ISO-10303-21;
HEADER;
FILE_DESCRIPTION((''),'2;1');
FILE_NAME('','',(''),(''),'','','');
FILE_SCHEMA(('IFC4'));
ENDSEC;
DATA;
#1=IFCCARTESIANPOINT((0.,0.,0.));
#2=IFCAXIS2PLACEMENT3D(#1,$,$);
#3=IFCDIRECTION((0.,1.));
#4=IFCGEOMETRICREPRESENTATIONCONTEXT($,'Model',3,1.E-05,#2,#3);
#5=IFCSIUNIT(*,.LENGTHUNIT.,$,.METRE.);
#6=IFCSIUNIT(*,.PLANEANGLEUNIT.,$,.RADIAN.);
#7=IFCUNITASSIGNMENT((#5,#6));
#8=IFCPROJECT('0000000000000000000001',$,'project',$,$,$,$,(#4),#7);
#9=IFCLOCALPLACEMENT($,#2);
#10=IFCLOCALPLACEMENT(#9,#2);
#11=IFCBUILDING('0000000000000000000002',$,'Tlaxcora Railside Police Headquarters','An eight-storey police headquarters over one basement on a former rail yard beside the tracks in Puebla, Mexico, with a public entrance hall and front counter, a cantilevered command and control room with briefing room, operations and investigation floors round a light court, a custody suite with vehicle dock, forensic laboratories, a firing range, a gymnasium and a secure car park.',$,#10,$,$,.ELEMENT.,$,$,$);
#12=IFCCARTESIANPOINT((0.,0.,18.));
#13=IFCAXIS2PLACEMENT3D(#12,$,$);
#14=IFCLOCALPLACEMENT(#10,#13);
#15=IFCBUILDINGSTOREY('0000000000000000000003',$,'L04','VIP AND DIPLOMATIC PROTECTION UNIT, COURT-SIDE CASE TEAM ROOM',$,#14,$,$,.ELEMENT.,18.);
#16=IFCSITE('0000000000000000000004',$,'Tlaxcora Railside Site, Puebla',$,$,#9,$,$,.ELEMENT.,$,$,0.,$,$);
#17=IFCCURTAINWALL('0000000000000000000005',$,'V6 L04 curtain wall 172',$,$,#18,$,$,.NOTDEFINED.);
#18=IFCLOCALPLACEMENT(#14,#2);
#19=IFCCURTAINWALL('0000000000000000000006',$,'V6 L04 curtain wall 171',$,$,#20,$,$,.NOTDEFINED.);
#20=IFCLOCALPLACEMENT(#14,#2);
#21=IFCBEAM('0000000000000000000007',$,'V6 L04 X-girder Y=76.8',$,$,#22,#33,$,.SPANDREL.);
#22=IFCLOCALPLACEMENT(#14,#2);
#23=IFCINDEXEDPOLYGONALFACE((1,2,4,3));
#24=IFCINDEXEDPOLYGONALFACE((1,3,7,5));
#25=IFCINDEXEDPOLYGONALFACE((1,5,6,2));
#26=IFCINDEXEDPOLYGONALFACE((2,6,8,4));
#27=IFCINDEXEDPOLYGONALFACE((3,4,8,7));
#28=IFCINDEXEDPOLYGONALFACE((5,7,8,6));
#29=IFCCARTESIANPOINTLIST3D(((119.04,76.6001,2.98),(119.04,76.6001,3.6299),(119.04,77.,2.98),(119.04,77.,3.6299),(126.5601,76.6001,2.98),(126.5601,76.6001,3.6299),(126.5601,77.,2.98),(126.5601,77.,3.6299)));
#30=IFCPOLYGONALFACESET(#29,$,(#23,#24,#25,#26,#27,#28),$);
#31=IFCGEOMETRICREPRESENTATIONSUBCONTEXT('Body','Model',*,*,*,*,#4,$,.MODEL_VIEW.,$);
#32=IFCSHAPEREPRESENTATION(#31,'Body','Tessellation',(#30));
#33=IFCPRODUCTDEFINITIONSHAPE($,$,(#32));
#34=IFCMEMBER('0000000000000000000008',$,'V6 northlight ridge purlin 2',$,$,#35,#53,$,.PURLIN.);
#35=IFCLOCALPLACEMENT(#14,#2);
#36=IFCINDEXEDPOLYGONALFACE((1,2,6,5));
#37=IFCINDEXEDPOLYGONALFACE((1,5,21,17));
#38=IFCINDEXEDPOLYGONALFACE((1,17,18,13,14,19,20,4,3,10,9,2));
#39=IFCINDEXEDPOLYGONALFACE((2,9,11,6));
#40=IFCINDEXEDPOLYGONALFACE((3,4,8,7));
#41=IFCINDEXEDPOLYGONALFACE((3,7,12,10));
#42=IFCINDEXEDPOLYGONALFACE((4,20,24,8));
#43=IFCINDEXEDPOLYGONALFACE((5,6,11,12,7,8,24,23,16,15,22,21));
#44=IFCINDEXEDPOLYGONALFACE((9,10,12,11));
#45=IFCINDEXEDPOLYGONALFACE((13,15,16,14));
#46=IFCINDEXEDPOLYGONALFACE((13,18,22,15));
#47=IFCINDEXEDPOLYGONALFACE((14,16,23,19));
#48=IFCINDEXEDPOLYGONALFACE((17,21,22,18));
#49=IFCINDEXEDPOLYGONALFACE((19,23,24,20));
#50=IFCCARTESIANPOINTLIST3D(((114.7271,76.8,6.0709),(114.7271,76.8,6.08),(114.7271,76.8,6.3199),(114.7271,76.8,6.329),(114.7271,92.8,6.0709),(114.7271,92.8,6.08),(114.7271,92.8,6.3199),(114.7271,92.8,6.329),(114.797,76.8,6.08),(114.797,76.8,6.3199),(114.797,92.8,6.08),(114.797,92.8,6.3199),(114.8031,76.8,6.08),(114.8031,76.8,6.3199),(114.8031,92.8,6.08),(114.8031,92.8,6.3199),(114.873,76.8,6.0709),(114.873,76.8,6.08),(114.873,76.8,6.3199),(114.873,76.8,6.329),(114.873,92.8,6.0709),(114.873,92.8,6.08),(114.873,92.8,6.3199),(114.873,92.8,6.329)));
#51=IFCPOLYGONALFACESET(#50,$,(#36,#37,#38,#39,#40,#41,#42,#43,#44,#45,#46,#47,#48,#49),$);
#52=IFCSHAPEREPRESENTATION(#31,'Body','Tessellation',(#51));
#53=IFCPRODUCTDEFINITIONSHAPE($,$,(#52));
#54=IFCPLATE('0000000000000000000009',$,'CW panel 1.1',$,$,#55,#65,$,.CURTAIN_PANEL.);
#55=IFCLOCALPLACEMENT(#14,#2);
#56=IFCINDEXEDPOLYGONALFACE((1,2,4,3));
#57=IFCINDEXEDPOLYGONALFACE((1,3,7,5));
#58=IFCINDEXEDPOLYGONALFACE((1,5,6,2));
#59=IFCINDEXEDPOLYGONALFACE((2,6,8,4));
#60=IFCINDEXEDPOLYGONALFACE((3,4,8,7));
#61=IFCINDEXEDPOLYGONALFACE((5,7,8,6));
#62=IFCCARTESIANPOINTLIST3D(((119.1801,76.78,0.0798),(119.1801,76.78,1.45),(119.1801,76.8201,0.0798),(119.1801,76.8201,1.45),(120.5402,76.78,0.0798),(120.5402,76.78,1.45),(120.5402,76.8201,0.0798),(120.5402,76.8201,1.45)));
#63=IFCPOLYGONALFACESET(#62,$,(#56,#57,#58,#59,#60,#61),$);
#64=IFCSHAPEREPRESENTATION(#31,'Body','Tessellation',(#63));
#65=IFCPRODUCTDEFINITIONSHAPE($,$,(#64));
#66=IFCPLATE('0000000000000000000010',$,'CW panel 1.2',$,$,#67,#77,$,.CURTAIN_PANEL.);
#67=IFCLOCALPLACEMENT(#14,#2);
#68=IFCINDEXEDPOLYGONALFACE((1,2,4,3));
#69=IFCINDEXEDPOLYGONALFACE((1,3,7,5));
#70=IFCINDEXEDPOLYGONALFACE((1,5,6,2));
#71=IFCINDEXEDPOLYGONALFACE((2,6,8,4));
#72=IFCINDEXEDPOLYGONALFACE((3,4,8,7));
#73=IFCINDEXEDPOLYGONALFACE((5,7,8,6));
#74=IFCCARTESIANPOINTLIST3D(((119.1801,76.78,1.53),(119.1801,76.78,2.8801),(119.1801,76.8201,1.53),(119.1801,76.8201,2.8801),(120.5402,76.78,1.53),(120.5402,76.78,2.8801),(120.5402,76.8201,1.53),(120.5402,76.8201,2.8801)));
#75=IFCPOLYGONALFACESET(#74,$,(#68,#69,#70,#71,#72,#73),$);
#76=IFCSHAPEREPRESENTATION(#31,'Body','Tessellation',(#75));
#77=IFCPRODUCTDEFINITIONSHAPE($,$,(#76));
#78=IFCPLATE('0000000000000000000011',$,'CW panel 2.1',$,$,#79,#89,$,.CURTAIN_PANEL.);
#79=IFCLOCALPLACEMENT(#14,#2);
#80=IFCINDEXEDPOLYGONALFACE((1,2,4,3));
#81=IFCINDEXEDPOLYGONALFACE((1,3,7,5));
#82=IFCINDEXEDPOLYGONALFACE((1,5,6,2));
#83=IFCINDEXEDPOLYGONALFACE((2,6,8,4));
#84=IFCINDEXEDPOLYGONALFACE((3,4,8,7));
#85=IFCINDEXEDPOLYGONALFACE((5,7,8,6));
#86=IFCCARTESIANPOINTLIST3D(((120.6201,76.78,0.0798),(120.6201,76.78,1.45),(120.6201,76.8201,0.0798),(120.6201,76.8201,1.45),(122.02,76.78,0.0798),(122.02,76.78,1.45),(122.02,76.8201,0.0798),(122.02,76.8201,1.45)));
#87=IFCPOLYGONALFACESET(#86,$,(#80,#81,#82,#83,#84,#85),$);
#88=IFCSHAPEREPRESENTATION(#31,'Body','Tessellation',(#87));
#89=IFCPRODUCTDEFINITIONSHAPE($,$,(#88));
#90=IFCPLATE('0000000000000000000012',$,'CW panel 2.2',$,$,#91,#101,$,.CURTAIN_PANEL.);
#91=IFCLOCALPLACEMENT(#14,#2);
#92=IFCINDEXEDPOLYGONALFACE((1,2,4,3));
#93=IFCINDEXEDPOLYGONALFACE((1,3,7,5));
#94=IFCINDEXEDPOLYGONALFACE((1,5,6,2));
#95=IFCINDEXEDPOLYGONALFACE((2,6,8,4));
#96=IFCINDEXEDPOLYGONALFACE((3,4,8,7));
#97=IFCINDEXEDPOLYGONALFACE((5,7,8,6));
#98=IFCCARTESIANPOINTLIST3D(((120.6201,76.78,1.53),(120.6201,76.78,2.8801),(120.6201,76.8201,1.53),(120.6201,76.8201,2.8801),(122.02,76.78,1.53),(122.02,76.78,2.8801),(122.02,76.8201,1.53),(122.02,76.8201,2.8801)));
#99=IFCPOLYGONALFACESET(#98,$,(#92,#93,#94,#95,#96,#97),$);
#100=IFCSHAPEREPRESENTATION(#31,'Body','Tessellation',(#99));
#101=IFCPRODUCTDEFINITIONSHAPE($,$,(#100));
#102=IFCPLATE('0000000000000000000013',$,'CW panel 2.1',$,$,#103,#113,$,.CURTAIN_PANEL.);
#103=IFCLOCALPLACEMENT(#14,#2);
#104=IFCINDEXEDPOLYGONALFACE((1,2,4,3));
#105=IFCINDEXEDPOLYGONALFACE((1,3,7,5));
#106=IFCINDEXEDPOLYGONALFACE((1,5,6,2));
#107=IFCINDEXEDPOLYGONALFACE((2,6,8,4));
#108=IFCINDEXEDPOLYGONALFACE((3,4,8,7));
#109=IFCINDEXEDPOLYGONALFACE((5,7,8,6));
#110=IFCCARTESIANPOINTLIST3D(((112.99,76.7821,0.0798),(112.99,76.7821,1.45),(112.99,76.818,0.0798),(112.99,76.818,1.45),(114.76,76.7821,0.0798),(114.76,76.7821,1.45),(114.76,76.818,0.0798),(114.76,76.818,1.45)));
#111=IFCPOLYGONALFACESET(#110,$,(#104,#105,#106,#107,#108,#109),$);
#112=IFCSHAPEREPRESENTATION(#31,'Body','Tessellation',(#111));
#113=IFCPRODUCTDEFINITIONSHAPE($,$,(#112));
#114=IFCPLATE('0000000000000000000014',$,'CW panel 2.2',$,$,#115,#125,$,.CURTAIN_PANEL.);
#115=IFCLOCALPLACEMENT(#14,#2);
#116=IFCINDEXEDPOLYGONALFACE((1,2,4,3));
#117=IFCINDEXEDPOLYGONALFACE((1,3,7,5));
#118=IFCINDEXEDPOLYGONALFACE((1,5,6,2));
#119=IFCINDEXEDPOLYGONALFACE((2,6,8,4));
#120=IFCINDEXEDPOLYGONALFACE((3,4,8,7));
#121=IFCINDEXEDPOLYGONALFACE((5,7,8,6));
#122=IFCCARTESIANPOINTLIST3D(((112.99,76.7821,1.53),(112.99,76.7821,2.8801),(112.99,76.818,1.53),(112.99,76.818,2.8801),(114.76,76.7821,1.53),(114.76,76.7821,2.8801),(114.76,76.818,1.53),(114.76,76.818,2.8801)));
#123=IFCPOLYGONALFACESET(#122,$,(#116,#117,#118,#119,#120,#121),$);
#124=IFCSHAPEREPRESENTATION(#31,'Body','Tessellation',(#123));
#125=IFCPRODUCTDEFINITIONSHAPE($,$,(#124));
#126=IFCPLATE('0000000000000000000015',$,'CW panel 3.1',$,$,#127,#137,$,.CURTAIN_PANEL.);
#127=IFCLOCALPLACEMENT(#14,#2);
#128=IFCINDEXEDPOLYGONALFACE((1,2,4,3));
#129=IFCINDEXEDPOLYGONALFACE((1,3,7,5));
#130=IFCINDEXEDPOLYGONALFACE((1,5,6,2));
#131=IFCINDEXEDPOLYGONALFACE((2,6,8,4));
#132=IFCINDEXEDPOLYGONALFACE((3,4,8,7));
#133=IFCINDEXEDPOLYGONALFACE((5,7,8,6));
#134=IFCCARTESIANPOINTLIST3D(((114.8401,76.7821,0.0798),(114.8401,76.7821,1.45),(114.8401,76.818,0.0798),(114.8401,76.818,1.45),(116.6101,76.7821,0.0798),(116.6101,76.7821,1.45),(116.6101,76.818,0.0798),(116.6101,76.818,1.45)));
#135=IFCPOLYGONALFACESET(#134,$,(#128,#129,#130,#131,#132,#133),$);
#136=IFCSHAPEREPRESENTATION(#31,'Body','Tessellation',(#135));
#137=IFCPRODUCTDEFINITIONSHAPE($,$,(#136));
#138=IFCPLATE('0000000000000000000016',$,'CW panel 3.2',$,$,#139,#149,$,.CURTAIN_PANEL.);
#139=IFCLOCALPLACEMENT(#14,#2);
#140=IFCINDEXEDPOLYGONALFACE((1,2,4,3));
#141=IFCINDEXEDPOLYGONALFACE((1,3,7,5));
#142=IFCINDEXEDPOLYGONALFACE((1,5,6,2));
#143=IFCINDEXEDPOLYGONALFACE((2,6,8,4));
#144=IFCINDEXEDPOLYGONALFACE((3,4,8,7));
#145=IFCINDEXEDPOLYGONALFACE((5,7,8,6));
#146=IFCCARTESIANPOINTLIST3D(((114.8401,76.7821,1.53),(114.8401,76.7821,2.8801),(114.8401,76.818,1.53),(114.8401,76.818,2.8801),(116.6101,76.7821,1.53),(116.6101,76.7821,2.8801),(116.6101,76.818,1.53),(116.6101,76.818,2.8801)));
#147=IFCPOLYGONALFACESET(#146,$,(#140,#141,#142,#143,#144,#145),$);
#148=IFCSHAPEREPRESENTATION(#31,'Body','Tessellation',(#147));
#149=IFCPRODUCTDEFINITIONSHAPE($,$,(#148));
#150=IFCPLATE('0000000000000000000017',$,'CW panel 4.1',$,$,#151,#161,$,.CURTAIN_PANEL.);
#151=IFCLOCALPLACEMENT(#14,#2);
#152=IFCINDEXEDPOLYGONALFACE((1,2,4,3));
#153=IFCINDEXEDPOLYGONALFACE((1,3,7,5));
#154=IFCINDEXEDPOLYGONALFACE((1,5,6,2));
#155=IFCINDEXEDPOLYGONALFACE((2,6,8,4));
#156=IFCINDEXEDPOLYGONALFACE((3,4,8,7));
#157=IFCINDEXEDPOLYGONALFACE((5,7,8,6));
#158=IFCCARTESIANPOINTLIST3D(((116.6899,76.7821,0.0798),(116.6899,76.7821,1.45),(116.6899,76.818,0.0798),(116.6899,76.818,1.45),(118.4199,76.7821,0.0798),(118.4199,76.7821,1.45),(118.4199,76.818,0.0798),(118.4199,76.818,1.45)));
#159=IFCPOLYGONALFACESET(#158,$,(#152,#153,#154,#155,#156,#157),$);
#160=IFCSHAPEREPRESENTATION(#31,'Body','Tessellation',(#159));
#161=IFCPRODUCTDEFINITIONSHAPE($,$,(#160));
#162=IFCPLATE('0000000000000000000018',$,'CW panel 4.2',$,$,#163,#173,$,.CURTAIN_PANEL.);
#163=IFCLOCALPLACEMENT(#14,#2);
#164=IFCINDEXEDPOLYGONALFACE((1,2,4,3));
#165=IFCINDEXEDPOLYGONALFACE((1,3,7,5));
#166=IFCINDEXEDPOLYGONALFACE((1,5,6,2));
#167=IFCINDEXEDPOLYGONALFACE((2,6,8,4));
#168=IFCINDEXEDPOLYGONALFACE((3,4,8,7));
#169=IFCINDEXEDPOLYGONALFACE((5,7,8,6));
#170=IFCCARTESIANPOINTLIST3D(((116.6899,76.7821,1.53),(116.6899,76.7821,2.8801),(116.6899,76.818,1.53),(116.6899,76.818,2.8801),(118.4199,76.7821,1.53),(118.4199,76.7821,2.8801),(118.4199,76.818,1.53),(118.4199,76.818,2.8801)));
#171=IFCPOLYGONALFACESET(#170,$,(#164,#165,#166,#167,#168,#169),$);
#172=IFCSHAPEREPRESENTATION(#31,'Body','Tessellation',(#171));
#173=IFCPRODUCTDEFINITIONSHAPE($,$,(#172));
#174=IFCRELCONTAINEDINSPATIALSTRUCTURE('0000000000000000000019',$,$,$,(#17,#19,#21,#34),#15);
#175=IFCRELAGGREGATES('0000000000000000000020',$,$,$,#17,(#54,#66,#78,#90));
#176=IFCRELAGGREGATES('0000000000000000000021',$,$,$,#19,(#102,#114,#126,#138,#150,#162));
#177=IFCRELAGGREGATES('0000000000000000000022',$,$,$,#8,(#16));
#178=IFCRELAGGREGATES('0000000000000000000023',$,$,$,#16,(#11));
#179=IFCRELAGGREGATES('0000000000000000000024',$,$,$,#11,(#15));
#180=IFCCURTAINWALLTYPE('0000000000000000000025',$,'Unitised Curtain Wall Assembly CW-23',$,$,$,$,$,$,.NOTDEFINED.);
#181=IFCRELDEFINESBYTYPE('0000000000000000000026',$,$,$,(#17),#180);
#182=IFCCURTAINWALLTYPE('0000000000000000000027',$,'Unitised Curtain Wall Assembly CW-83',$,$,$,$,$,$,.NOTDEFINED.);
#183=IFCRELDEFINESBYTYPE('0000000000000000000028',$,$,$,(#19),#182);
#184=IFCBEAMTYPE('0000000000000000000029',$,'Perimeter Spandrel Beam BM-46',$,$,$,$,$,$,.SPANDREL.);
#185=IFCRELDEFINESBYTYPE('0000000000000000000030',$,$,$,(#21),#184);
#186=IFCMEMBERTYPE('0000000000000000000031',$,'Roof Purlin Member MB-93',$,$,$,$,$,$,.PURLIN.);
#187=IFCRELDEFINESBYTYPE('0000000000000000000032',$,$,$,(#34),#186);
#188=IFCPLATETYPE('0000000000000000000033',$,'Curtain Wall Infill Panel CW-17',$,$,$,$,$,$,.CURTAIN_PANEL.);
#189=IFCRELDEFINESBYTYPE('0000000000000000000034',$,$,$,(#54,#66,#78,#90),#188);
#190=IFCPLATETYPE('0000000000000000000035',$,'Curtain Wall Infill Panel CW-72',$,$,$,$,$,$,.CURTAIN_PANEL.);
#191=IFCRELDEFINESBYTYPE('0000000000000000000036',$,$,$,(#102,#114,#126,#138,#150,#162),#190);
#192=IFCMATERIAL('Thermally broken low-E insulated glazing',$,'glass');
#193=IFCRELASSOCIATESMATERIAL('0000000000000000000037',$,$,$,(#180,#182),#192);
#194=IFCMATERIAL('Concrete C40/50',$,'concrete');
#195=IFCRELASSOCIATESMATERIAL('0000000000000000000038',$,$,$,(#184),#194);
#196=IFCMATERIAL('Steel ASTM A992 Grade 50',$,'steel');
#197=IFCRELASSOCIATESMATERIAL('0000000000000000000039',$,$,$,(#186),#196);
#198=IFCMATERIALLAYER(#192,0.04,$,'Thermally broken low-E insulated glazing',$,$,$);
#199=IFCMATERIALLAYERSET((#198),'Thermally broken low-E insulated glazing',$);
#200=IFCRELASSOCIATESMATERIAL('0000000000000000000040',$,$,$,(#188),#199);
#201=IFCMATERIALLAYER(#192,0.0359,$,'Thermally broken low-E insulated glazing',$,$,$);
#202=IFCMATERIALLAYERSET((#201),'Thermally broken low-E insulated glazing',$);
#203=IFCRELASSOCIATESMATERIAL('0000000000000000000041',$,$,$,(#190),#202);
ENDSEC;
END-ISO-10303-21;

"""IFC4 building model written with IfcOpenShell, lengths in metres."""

from ifc_helpers import new_model, si_unit, direction, frame, origin, origin_2d, place, context, subcontext, project, spatial, rectangle, i_section, extrude, material, layer, layer_set, material_profile, profile_set, type_object, element, aggregate, save


model = new_model("IFC4")

# Units and contexts
model_context = context("Model", 3, precision=1e-05, world=origin(), true_north=direction((0.0, 1.0)))
body_context = subcontext(model_context, "Body", "Model", "MODEL_VIEW")
ifc_project = project(units=[si_unit("LENGTHUNIT", "METRE"), si_unit("PLANEANGLEUNIT", "RADIAN")], contexts=[model_context])

# Site, building, storey
site_placement = place(None, origin())
site = spatial("IfcSite", under=ifc_project, at=site_placement, Name="Tlaxcora Railside Site, Puebla", CompositionType="ELEMENT", RefElevation=0.0)
building_placement = place(site_placement, origin())
building = spatial("IfcBuilding", under=site, at=building_placement, Name="Tlaxcora Railside Police Headquarters", Description="An eight-storey police headquarters over one basement on a former rail yard beside the tracks in Puebla, Mexico, with a public entrance hall and front counter, a cantilevered command and control room with briefing room, operations and investigation floors round a light court, a custody suite with vehicle dock, forensic laboratories, a firing range, a gymnasium and a secure car park.", CompositionType="ELEMENT")
storey_placement = place(building_placement, frame((0.0, 0.0, 18.0)))
storey = spatial("IfcBuildingStorey", under=building, at=storey_placement, Name="L04", Description="VIP AND DIPLOMATIC PROTECTION UNIT, COURT-SIDE CASE TEAM ROOM", CompositionType="ELEMENT", Elevation=18.0)

# Shared definitions
ifc_material_1 = material(Name="Concrete C40/50", Category="concrete")

# Curtain walls
ifc_material_2 = material(Name="Thermally broken low-E insulated glazing", Category="glass")
curtain_wall_type_1 = type_object("IfcCurtainWallType", Name="Unitised Curtain Wall Assembly CW-23", PredefinedType="NOTDEFINED", material=ifc_material_2)
curtain_wall_1_placement = place(storey_placement, origin())
curtain_wall_1 = element("IfcCurtainWall", 1, at=curtain_wall_1_placement, inside=storey, type_object=curtain_wall_type_1, Name="V6 L04 curtain wall 172", PredefinedType="NOTDEFINED")
curtain_wall_type_2 = type_object("IfcCurtainWallType", Name="Unitised Curtain Wall Assembly CW-83", PredefinedType="NOTDEFINED", material=ifc_material_2)
curtain_wall_2_placement = place(storey_placement, origin())
curtain_wall_2 = element("IfcCurtainWall", 2, at=curtain_wall_2_placement, inside=storey, type_object=curtain_wall_type_2, Name="V6 L04 curtain wall 171", PredefinedType="NOTDEFINED")

# Shared definitions
ifc_material_3 = material(Name="Steel ASTM A992 Grade 50", Category="steel")

# Beam
ifc_material_profile_1 = material_profile(ifc_material_1, rectangle(XDim=0.3999, YDim=0.6499, at=origin_2d()), Name="RC400X650")
ifc_profile_set_1 = profile_set([ifc_material_profile_1], Name="Concrete C40/50")
beam_type = type_object("IfcBeamType", Name="Perimeter Spandrel Beam BM-46", PredefinedType="SPANDREL", material=ifc_profile_set_1)
beam_placement = place(storey_placement, frame((119.04, 76.8, 3.3049), z_axis=(1.0, 0.0, 0.0), x_axis=(0.0, 1.0, 0.0)))
element("IfcBeam", 3, at=beam_placement, inside=storey, type_object=beam_type, Name="V6 L04 X-girder Y=76.8", PredefinedType="SPANDREL", context=body_context, shape_type="SweptSolid", body=[
    extrude(rectangle(XDim=0.3999, YDim=0.6499, at=origin_2d()), origin(), (0.0, 0.0, 1.0), 7.52),
])

# Member
ifc_material_profile_2 = material_profile(ifc_material_3, i_section(OverallWidth=0.146, OverallDepth=0.2581, WebThickness=0.0061, FlangeThickness=0.009, at=origin_2d()), Name="W10X22")
ifc_profile_set_2 = profile_set([ifc_material_profile_2], Name="Steel ASTM A992 Grade 50")
member_type_1 = type_object("IfcMemberType", Name="Roof Purlin Member MB-93", PredefinedType="PURLIN", material=ifc_profile_set_2)
member_1_placement = place(storey_placement, frame((114.8, 76.8, 6.2), z_axis=(0.0, 1.0, 0.0), x_axis=(-1.0, 0.0, 0.0)))
element("IfcMember", 4, at=member_1_placement, inside=storey, type_object=member_type_1, Name="V6 northlight ridge purlin 2", PredefinedType="PURLIN", context=body_context, shape_type="SweptSolid", body=[
    extrude(i_section(OverallWidth=0.146, OverallDepth=0.2581, WebThickness=0.0061, FlangeThickness=0.009, at=origin_2d()), origin(), (0.0, 0.0, 1.0), 16.0),
])

# Plates
ifc_layer_1 = layer(ifc_material_2, 0.04, Name="Thermally broken low-E insulated glazing")
ifc_layer_set_1 = layer_set([ifc_layer_1], Name="Thermally broken low-E insulated glazing")
plate_type_1 = type_object("IfcPlateType", Name="Curtain Wall Infill Panel CW-17", PredefinedType="CURTAIN_PANEL", material=ifc_layer_set_1)
plate_1_placement = place(storey_placement, frame((119.8601, 76.8, 0.0798), z_axis=(0.0, 0.0, 1.0), x_axis=(1.0, 0.0, 0.0)))
plate_1 = element("IfcPlate", 5, at=plate_1_placement, type_object=plate_type_1, Name="CW panel 1.1", PredefinedType="CURTAIN_PANEL", context=body_context, shape_type="SweptSolid", body=[
    extrude(rectangle(XDim=1.3601, YDim=0.04, at=origin_2d()), origin(), (0.0, 0.0, 1.0), 1.3701),
])
plate_2_placement = place(storey_placement, frame((119.8601, 76.8, 1.53), z_axis=(0.0, 0.0, 1.0), x_axis=(1.0, 0.0, 0.0)))
plate_2 = element("IfcPlate", 6, at=plate_2_placement, type_object=plate_type_1, Name="CW panel 1.2", PredefinedType="CURTAIN_PANEL", context=body_context, shape_type="SweptSolid", body=[
    extrude(rectangle(XDim=1.3601, YDim=0.04, at=origin_2d()), origin(), (0.0, 0.0, 1.0), 1.3501),
])
plate_3_placement = place(storey_placement, frame((121.3201, 76.8, 0.0798), z_axis=(0.0, 0.0, 1.0), x_axis=(1.0, 0.0, 0.0)))
plate_3 = element("IfcPlate", 7, at=plate_3_placement, type_object=plate_type_1, Name="CW panel 2.1", PredefinedType="CURTAIN_PANEL", context=body_context, shape_type="SweptSolid", body=[
    extrude(rectangle(XDim=1.3999, YDim=0.04, at=origin_2d()), origin(), (0.0, 0.0, 1.0), 1.3701),
])
plate_4_placement = place(storey_placement, frame((121.3201, 76.8, 1.53), z_axis=(0.0, 0.0, 1.0), x_axis=(1.0, 0.0, 0.0)))
plate_4 = element("IfcPlate", 8, at=plate_4_placement, type_object=plate_type_1, Name="CW panel 2.2", PredefinedType="CURTAIN_PANEL", context=body_context, shape_type="SweptSolid", body=[
    extrude(rectangle(XDim=1.3999, YDim=0.04, at=origin_2d()), origin(), (0.0, 0.0, 1.0), 1.3501),
])
aggregate(curtain_wall_1, [plate_1, plate_2, plate_3, plate_4])
ifc_layer_2 = layer(ifc_material_2, 0.0359, Name="Thermally broken low-E insulated glazing")
ifc_layer_set_2 = layer_set([ifc_layer_2], Name="Thermally broken low-E insulated glazing")
plate_type_2 = type_object("IfcPlateType", Name="Curtain Wall Infill Panel CW-72", PredefinedType="CURTAIN_PANEL", material=ifc_layer_set_2)
plate_5_placement = place(storey_placement, frame((113.875, 76.8, 0.0798), z_axis=(0.0, 0.0, 1.0), x_axis=(1.0, 0.0, 0.0)))
plate_5 = element("IfcPlate", 9, at=plate_5_placement, type_object=plate_type_2, Name="CW panel 2.1", PredefinedType="CURTAIN_PANEL", context=body_context, shape_type="SweptSolid", body=[
    extrude(rectangle(XDim=1.77, YDim=0.0359, at=origin_2d()), origin(), (0.0, 0.0, 1.0), 1.3701),
])
plate_6_placement = place(storey_placement, frame((113.875, 76.8, 1.53), z_axis=(0.0, 0.0, 1.0), x_axis=(1.0, 0.0, 0.0)))
plate_6 = element("IfcPlate", 10, at=plate_6_placement, type_object=plate_type_2, Name="CW panel 2.2", PredefinedType="CURTAIN_PANEL", context=body_context, shape_type="SweptSolid", body=[
    extrude(rectangle(XDim=1.77, YDim=0.0359, at=origin_2d()), origin(), (0.0, 0.0, 1.0), 1.3501),
])
plate_7_placement = place(storey_placement, frame((115.7251, 76.8, 0.0798), z_axis=(0.0, 0.0, 1.0), x_axis=(1.0, 0.0, 0.0)))
plate_7 = element("IfcPlate", 11, at=plate_7_placement, type_object=plate_type_2, Name="CW panel 3.1", PredefinedType="CURTAIN_PANEL", context=body_context, shape_type="SweptSolid", body=[
    extrude(rectangle(XDim=1.77, YDim=0.0359, at=origin_2d()), origin(), (0.0, 0.0, 1.0), 1.3701),
])
plate_8_placement = place(storey_placement, frame((115.7251, 76.8, 1.53), z_axis=(0.0, 0.0, 1.0), x_axis=(1.0, 0.0, 0.0)))
plate_8 = element("IfcPlate", 12, at=plate_8_placement, type_object=plate_type_2, Name="CW panel 3.2", PredefinedType="CURTAIN_PANEL", context=body_context, shape_type="SweptSolid", body=[
    extrude(rectangle(XDim=1.77, YDim=0.0359, at=origin_2d()), origin(), (0.0, 0.0, 1.0), 1.3501),
])
plate_9_placement = place(storey_placement, frame((117.5549, 76.8, 0.0798), z_axis=(0.0, 0.0, 1.0), x_axis=(1.0, 0.0, 0.0)))
plate_9 = element("IfcPlate", 13, at=plate_9_placement, type_object=plate_type_2, Name="CW panel 4.1", PredefinedType="CURTAIN_PANEL", context=body_context, shape_type="SweptSolid", body=[
    extrude(rectangle(XDim=1.73, YDim=0.0359, at=origin_2d()), origin(), (0.0, 0.0, 1.0), 1.3701),
])
plate_10_placement = place(storey_placement, frame((117.5549, 76.8, 1.53), z_axis=(0.0, 0.0, 1.0), x_axis=(1.0, 0.0, 0.0)))
plate_10 = element("IfcPlate", 14, at=plate_10_placement, type_object=plate_type_2, Name="CW panel 4.2", PredefinedType="CURTAIN_PANEL", context=body_context, shape_type="SweptSolid", body=[
    extrude(rectangle(XDim=1.73, YDim=0.0359, at=origin_2d()), origin(), (0.0, 0.0, 1.0), 1.3501),
])
aggregate(curtain_wall_2, [plate_5, plate_6, plate_7, plate_8, plate_9, plate_10])

save(model, "model.ifc")
